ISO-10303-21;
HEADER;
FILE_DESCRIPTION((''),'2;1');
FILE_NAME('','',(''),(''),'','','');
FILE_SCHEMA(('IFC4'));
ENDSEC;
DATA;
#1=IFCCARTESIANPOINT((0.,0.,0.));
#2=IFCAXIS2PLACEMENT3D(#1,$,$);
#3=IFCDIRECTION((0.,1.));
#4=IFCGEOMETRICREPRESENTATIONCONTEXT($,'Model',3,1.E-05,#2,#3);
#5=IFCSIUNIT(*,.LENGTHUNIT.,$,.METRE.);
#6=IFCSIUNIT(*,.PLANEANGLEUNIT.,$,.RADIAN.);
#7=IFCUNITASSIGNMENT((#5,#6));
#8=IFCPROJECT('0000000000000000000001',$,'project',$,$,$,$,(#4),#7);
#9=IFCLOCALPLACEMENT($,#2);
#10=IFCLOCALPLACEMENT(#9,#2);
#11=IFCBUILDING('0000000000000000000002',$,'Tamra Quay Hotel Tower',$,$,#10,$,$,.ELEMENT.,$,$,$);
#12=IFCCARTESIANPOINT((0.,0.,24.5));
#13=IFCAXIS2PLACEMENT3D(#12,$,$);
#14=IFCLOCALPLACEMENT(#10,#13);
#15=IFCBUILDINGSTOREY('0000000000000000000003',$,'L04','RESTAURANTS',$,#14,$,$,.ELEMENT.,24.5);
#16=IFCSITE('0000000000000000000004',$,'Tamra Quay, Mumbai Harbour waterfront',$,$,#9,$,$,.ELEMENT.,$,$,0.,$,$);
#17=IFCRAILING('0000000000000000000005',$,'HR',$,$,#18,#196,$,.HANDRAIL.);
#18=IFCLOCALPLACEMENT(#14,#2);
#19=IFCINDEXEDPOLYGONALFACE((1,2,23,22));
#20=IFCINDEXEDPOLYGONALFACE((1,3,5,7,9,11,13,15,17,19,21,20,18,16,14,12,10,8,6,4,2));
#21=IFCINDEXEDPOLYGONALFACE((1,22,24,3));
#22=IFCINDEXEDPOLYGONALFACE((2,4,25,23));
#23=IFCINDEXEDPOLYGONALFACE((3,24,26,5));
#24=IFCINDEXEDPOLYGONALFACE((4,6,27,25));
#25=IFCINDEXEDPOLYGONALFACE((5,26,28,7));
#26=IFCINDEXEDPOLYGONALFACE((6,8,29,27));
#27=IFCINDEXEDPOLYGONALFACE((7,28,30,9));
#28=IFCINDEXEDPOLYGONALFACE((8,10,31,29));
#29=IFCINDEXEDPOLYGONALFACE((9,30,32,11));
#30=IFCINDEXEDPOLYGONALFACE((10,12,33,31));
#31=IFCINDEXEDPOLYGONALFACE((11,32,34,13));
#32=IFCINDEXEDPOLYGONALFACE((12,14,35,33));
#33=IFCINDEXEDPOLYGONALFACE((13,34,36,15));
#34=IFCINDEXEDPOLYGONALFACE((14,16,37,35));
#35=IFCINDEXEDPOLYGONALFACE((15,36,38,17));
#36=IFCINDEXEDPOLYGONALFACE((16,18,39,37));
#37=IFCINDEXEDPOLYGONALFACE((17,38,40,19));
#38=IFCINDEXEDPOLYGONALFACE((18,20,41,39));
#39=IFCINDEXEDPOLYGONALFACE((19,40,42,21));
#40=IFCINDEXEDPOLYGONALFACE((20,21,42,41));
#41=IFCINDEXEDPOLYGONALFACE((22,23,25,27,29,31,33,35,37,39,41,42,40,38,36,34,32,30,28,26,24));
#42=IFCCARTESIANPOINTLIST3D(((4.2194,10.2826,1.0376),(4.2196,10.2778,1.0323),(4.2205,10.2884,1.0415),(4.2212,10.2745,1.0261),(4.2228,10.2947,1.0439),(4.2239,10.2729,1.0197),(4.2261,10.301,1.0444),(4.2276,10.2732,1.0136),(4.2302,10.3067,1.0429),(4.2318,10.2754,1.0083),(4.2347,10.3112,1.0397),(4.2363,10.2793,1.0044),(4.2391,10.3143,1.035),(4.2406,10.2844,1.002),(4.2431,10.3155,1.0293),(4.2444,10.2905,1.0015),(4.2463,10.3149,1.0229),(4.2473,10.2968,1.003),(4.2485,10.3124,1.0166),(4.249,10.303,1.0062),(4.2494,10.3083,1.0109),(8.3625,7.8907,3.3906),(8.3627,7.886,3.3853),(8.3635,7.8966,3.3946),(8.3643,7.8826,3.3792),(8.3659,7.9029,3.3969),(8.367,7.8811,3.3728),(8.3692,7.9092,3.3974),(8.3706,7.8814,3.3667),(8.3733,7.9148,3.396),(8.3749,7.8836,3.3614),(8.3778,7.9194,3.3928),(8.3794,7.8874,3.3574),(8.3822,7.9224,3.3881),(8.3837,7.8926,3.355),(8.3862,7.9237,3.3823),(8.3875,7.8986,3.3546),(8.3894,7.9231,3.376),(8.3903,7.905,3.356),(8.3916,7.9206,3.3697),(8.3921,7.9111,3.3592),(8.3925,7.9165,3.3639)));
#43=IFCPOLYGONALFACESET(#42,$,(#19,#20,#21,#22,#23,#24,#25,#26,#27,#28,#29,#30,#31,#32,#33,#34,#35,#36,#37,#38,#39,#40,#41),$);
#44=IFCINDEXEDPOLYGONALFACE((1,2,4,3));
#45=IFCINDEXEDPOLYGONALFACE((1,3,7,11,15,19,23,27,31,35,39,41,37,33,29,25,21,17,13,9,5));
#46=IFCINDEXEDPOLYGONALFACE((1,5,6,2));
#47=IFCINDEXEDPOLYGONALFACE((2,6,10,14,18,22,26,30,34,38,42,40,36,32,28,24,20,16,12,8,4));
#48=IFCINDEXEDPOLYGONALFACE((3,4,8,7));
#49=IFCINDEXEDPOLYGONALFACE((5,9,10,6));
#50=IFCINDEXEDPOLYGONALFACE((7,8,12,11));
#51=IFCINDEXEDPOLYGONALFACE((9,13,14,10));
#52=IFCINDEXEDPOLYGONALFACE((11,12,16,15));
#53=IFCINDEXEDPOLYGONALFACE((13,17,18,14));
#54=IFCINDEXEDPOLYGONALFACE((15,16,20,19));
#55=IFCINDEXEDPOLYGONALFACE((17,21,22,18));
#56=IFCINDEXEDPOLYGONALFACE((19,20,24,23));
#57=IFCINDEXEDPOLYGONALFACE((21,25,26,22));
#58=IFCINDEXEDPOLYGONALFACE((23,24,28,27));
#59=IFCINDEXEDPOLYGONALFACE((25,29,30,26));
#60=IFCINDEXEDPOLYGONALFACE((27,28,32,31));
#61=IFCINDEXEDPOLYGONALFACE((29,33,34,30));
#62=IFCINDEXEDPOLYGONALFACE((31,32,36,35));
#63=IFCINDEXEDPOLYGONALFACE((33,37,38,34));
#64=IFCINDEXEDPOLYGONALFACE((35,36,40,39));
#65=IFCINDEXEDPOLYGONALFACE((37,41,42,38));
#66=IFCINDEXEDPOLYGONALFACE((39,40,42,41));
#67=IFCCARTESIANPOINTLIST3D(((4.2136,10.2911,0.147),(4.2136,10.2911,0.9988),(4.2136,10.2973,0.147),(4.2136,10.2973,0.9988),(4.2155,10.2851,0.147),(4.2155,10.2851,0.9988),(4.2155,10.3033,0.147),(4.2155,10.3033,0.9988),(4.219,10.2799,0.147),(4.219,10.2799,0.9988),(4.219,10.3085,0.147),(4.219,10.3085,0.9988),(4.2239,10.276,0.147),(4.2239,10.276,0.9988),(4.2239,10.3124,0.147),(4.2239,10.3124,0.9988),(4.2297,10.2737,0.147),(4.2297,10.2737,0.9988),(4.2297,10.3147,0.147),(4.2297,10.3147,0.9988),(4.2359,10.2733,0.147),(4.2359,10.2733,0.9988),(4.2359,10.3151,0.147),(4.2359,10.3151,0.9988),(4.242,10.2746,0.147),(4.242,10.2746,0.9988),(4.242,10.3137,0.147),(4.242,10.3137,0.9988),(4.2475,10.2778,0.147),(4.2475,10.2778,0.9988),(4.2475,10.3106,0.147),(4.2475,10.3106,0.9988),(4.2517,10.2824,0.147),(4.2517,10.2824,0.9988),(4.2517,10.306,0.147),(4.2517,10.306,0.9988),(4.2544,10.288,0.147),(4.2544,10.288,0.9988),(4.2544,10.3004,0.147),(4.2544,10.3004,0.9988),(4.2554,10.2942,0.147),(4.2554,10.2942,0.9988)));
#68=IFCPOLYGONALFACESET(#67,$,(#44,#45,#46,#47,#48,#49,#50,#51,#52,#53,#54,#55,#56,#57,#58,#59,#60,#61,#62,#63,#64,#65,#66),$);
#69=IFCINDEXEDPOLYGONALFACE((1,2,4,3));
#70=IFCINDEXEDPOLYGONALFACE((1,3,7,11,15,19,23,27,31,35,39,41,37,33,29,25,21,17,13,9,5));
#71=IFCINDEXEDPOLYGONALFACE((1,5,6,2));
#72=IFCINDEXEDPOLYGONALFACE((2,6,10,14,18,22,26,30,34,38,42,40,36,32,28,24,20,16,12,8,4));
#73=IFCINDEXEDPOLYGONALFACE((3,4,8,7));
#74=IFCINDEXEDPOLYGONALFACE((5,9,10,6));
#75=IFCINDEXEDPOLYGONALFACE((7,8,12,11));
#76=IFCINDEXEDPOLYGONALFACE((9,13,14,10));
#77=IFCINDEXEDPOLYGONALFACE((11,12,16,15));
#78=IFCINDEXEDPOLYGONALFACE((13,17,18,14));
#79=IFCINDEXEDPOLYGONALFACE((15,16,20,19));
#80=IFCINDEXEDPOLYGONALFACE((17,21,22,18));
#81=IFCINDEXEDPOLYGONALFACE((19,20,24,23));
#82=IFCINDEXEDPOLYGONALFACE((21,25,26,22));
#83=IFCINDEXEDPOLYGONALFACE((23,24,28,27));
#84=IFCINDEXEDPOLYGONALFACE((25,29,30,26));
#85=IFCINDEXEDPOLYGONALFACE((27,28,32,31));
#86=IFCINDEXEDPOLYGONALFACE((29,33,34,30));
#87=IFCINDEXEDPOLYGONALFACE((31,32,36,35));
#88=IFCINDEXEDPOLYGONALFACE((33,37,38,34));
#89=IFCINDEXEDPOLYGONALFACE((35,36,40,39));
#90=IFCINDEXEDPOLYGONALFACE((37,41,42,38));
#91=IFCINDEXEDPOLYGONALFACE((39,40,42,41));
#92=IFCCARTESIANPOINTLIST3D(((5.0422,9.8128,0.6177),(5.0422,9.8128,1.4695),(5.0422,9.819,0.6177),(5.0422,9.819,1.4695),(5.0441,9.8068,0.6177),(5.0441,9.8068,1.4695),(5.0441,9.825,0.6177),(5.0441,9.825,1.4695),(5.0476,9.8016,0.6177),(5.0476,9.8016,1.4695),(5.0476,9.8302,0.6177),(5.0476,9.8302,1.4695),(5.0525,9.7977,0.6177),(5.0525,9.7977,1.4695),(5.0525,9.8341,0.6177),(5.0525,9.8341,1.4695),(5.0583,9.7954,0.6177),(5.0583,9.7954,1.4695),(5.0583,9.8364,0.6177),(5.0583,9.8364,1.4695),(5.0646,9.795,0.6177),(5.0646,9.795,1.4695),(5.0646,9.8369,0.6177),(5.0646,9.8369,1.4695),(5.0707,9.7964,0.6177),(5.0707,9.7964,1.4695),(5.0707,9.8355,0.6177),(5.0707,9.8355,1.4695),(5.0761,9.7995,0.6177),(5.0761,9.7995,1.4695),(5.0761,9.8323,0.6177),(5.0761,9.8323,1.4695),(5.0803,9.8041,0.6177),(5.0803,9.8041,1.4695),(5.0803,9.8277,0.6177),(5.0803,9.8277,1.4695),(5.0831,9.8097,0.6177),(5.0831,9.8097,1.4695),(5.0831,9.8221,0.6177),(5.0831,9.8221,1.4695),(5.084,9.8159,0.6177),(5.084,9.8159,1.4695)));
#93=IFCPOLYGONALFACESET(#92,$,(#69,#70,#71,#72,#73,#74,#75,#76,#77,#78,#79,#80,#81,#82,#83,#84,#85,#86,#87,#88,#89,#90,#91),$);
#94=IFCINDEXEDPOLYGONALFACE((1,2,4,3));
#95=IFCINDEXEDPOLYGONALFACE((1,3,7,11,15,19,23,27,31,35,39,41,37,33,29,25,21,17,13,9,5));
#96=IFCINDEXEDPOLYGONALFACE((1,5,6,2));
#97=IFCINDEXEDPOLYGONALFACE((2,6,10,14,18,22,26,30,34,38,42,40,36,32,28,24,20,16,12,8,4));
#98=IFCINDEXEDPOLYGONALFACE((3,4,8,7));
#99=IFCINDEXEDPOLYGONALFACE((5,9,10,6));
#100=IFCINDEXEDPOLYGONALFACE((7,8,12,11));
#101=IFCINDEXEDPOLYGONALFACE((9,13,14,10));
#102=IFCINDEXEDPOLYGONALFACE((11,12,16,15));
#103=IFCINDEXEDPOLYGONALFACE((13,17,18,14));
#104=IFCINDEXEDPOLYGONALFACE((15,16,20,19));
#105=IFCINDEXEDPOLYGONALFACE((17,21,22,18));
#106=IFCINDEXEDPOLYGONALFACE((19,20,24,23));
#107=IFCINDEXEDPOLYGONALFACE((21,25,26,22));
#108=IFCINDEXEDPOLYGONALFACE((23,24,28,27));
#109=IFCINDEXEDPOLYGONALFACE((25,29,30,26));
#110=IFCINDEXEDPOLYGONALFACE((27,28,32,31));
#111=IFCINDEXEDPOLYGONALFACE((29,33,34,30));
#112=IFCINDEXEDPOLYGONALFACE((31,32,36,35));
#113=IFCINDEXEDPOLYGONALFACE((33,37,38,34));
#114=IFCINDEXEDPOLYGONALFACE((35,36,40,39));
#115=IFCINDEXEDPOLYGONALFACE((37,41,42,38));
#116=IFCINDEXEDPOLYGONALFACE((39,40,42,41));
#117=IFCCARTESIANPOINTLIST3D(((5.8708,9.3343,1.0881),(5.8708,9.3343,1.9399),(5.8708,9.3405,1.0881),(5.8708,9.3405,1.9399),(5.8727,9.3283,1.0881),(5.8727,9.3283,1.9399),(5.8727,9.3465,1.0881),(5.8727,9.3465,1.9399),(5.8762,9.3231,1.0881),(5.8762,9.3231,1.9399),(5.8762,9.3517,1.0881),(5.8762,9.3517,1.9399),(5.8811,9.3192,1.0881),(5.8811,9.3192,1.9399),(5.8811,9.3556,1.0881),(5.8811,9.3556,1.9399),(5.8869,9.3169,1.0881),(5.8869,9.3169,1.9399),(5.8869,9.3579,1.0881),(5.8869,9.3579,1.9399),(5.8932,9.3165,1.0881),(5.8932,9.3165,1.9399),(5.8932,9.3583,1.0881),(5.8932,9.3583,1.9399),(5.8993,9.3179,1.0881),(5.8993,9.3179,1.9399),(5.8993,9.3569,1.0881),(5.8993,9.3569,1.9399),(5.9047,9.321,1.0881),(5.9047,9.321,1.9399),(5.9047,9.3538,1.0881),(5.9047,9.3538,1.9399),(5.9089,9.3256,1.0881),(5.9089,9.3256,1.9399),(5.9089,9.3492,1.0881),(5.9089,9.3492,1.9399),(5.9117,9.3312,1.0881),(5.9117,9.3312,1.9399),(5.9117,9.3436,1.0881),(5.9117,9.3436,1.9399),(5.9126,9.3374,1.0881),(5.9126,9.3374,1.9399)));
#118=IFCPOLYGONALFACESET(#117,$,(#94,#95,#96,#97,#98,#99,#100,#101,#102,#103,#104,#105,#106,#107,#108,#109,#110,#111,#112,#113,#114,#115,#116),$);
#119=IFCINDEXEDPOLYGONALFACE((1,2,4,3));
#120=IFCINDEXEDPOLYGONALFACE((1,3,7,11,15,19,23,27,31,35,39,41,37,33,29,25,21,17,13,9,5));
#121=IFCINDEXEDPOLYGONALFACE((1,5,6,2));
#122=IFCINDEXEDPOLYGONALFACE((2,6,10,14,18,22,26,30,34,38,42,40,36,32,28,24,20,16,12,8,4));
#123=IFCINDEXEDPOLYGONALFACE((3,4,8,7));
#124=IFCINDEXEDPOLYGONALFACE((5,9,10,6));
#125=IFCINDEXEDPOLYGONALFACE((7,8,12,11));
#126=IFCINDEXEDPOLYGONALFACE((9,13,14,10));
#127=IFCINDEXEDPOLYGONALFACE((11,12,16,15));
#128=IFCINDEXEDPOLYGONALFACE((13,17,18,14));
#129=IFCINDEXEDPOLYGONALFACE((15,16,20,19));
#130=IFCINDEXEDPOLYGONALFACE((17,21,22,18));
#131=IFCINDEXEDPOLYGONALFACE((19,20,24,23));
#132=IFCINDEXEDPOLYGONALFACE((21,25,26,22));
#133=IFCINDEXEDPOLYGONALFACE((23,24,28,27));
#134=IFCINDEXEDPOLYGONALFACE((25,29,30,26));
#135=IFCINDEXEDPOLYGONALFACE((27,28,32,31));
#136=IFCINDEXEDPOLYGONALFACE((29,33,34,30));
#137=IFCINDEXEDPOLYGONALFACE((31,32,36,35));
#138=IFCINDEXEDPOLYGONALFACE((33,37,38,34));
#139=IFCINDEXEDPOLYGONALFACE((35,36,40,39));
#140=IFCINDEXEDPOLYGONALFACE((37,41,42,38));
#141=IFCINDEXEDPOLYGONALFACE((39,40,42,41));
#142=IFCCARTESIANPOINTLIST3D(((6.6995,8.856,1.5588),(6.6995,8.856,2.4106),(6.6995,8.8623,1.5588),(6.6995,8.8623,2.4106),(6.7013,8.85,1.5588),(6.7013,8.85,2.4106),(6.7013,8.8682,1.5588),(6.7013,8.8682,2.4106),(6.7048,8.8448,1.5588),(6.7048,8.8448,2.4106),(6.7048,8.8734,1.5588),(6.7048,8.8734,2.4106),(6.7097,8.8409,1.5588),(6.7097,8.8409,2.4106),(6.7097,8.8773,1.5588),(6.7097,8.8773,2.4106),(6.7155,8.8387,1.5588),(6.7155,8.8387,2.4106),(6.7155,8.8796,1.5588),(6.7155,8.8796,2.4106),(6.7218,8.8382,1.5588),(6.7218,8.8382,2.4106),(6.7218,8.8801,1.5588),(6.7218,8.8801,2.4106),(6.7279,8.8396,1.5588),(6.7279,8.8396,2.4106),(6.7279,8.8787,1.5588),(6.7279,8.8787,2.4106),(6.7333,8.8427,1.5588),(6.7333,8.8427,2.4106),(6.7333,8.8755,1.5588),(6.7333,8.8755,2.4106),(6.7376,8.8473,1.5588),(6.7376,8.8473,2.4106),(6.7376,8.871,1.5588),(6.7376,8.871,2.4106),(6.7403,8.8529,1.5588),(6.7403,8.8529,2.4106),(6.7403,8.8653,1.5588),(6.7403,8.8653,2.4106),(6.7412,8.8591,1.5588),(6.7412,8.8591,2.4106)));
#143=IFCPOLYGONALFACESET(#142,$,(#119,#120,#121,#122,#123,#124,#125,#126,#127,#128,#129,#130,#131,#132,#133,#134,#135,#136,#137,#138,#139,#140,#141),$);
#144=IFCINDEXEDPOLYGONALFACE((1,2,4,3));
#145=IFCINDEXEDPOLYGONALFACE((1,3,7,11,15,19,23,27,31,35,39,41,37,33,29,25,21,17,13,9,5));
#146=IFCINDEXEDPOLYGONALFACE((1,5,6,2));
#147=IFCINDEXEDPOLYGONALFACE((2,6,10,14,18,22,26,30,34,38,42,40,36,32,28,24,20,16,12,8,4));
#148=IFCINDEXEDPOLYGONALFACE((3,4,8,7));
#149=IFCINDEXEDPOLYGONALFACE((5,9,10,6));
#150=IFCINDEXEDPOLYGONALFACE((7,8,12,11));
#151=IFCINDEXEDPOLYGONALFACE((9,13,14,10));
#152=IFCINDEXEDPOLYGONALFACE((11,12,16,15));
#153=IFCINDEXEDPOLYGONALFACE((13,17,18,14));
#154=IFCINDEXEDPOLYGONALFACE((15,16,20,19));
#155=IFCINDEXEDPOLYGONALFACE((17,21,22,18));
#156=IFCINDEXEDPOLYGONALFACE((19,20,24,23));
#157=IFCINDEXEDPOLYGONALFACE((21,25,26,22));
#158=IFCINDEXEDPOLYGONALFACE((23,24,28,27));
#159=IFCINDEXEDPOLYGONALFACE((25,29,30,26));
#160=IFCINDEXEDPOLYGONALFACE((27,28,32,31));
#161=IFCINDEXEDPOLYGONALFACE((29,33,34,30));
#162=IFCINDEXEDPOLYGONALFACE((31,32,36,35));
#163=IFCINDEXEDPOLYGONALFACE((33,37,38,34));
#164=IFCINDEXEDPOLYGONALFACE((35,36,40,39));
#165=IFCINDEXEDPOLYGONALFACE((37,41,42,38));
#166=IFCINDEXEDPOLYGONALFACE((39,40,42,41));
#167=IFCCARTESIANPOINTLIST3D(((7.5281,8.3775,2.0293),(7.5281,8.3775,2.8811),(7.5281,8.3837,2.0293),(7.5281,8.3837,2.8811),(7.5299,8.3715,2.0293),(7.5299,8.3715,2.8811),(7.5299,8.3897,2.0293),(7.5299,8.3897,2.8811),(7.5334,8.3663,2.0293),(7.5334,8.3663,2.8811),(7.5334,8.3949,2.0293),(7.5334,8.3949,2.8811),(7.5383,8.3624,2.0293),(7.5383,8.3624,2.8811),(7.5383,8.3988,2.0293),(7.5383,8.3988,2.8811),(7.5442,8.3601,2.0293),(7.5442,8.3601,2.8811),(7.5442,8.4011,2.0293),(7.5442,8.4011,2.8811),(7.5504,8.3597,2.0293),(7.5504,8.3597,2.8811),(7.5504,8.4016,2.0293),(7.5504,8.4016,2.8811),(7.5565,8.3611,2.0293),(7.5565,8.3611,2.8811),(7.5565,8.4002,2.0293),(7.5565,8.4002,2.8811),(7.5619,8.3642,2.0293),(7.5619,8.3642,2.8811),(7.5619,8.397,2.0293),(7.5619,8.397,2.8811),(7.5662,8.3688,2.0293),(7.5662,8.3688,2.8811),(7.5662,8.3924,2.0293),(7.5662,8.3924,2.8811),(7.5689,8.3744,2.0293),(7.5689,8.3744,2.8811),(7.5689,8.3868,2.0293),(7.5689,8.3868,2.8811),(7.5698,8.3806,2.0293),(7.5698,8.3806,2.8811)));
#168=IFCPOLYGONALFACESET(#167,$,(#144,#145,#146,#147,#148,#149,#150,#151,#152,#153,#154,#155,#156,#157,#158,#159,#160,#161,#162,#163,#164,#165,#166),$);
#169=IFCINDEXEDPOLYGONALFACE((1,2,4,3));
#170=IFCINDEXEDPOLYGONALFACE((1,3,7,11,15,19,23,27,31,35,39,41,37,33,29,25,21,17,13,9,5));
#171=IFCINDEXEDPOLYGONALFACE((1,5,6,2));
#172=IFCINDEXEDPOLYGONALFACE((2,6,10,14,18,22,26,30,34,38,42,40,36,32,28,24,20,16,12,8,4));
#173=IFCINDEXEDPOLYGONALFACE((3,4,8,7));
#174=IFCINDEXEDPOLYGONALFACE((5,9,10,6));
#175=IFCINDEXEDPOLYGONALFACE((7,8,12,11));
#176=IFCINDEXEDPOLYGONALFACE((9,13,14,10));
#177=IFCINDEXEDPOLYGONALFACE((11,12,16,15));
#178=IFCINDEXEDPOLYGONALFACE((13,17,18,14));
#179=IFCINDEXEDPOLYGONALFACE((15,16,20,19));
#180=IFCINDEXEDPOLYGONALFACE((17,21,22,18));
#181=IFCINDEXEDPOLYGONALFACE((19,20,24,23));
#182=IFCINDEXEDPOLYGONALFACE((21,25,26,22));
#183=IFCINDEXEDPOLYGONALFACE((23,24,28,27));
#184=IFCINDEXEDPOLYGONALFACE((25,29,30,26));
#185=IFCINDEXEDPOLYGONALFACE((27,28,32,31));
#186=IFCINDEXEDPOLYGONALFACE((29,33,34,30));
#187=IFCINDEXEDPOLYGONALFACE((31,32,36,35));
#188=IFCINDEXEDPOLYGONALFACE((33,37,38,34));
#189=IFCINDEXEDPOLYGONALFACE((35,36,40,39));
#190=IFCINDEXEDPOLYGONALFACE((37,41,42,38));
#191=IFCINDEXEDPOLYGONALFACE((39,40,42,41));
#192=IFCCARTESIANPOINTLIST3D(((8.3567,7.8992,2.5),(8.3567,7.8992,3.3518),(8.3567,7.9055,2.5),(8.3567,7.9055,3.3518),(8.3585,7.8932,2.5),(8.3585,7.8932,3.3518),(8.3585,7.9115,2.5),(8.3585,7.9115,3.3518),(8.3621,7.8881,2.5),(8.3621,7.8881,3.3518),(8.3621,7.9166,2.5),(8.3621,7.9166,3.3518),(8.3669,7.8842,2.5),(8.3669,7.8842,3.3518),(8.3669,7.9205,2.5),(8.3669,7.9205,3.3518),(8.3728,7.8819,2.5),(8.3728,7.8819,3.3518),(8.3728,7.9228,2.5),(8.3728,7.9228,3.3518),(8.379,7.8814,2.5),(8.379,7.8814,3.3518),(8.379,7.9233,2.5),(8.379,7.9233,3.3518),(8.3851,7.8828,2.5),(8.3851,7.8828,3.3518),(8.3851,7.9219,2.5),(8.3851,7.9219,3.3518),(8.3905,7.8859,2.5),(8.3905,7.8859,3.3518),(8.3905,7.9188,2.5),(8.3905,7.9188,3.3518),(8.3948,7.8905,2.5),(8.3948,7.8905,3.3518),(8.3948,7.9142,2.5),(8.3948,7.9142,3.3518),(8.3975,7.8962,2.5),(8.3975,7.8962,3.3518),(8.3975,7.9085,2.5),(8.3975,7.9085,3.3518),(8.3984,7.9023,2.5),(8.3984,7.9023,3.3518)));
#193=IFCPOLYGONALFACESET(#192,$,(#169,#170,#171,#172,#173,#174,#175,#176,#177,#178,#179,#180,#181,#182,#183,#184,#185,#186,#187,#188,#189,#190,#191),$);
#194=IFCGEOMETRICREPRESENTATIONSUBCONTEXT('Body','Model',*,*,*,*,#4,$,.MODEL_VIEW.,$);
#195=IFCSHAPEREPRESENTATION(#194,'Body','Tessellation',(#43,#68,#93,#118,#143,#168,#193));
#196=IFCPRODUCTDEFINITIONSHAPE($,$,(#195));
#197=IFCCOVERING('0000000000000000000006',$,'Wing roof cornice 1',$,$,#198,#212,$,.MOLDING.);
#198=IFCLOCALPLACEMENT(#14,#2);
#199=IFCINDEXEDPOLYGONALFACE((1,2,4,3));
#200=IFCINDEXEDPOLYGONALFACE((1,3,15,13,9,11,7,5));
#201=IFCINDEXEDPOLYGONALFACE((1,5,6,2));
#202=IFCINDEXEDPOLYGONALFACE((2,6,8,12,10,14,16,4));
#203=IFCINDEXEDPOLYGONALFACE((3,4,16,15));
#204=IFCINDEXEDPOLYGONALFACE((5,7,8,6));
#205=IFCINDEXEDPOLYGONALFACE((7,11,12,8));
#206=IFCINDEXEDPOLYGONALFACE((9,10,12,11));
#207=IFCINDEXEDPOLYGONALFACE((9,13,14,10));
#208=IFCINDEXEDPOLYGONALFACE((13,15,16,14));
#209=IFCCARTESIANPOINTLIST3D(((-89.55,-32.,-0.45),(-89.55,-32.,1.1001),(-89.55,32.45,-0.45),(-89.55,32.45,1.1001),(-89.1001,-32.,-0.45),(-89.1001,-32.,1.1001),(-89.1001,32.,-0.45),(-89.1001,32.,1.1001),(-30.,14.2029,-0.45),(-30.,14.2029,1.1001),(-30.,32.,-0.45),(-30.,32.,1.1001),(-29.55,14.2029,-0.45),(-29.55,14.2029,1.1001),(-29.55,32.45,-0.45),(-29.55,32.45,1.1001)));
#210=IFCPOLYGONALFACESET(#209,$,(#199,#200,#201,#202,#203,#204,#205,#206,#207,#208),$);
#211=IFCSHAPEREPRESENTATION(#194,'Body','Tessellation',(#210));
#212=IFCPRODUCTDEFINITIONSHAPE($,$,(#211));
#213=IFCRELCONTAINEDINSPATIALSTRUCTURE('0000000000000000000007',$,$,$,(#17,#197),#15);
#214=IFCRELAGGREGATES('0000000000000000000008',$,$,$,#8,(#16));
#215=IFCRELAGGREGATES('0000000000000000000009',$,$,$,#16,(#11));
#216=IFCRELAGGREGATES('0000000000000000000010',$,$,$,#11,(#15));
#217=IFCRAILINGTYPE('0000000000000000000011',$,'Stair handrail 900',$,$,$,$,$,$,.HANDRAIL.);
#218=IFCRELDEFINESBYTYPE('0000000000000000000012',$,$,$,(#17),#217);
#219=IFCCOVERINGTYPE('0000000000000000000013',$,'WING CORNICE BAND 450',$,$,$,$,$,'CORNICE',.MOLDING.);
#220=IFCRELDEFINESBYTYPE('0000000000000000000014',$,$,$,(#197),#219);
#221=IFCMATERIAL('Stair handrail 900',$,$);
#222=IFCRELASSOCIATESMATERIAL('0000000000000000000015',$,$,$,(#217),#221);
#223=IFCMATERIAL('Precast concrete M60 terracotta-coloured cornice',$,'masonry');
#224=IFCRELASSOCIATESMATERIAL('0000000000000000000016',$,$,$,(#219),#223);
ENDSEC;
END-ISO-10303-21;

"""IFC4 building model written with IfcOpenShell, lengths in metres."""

from ifc_helpers import new_model, si_unit, direction, frame, origin, origin_2d, place, context, subcontext, project, spatial, polyline, circle, outline, extrude, material, type_object, element, save


model = new_model("IFC4")

# Units and contexts
model_context = context("Model", 3, precision=1e-05, world=origin(), true_north=direction((0.0, 1.0)))
body_context = subcontext(model_context, "Body", "Model", "MODEL_VIEW")
ifc_project = project(units=[si_unit("LENGTHUNIT", "METRE"), si_unit("PLANEANGLEUNIT", "RADIAN")], contexts=[model_context])

# Site, building, storey
site_placement = place(None, origin())
site = spatial("IfcSite", under=ifc_project, at=site_placement, Name="Tamra Quay, Mumbai Harbour waterfront", CompositionType="ELEMENT", RefElevation=0.0)
building_placement = place(site_placement, origin())
building = spatial("IfcBuilding", under=site, at=building_placement, Name="Tamra Quay Hotel Tower", CompositionType="ELEMENT")
storey_placement = place(building_placement, frame((0.0, 0.0, 24.5)))
storey = spatial("IfcBuildingStorey", under=building, at=storey_placement, Name="L04", Description="RESTAURANTS", CompositionType="ELEMENT", Elevation=24.5)

# Railing
ifc_material_1 = material(Name="Stair handrail 900")
railing_type_1 = type_object("IfcRailingType", Name="Stair handrail 900", PredefinedType="HANDRAIL", material=ifc_material_1)
railing_1_placement = place(storey_placement, frame((4.2344, 10.2942, 0.147)))
element("IfcRailing", 1, at=railing_1_placement, inside=storey, type_object=railing_type_1, Name="HR", PredefinedType="HANDRAIL", context=body_context, shape_type="SweptSolid", body=[
    extrude(circle(Radius=0.0239, at=origin_2d()), frame((0.0, 0.0, 0.876), z_axis=(0.777123, -0.448643, 0.441362), x_axis=(0.499976, 0.866039, 0.0)), (0.0, 0.0, 1.0), 5.3313),
    extrude(circle(Radius=0.021, at=origin_2d()), origin(), (0.0, 0.0, 1.0), 0.8518),
    extrude(circle(Radius=0.021, at=origin_2d()), frame((0.8286, -0.4783, 0.4707)), (0.0, 0.0, 1.0), 0.8518),
    extrude(circle(Radius=0.021, at=origin_2d()), frame((1.6572, -0.9568, 0.9412)), (0.0, 0.0, 1.0), 0.8518),
    extrude(circle(Radius=0.021, at=origin_2d()), frame((2.4858, -1.4351, 1.4119)), (0.0, 0.0, 1.0), 0.8518),
    extrude(circle(Radius=0.021, at=origin_2d()), frame((3.3145, -1.9136, 1.8823)), (0.0, 0.0, 1.0), 0.8518),
    extrude(circle(Radius=0.021, at=origin_2d()), frame((4.1431, -2.3918, 2.353)), (0.0, 0.0, 1.0), 0.8518),
])

# Covering
ifc_material_2 = material(Name="Precast concrete M60 terracotta-coloured cornice", Category="masonry")
covering_type_1 = type_object("IfcCoveringType", Name="WING CORNICE BAND 450", ElementType="CORNICE", PredefinedType="MOLDING", material=ifc_material_2)
covering_1_placement = place(storey_placement, frame((0.0, 0.0, -0.45)))
element("IfcCovering", 2, at=covering_1_placement, inside=storey, type_object=covering_type_1, Name="Wing roof cornice 1", PredefinedType="MOLDING", context=body_context, shape_type="SweptSolid", body=[
    extrude(outline(polyline([(-30.0, 14.2029), (-29.55, 14.2029), (-29.55, 32.45), (-89.55, 32.45), (-89.55, -32.0), (-89.1001, -32.0), (-89.1001, 32.0), (-30.0, 32.0), (-30.0, 14.2029)])), origin(), (0.0, 0.0, 1.0), 1.55),
])

save(model, "model.ifc")
